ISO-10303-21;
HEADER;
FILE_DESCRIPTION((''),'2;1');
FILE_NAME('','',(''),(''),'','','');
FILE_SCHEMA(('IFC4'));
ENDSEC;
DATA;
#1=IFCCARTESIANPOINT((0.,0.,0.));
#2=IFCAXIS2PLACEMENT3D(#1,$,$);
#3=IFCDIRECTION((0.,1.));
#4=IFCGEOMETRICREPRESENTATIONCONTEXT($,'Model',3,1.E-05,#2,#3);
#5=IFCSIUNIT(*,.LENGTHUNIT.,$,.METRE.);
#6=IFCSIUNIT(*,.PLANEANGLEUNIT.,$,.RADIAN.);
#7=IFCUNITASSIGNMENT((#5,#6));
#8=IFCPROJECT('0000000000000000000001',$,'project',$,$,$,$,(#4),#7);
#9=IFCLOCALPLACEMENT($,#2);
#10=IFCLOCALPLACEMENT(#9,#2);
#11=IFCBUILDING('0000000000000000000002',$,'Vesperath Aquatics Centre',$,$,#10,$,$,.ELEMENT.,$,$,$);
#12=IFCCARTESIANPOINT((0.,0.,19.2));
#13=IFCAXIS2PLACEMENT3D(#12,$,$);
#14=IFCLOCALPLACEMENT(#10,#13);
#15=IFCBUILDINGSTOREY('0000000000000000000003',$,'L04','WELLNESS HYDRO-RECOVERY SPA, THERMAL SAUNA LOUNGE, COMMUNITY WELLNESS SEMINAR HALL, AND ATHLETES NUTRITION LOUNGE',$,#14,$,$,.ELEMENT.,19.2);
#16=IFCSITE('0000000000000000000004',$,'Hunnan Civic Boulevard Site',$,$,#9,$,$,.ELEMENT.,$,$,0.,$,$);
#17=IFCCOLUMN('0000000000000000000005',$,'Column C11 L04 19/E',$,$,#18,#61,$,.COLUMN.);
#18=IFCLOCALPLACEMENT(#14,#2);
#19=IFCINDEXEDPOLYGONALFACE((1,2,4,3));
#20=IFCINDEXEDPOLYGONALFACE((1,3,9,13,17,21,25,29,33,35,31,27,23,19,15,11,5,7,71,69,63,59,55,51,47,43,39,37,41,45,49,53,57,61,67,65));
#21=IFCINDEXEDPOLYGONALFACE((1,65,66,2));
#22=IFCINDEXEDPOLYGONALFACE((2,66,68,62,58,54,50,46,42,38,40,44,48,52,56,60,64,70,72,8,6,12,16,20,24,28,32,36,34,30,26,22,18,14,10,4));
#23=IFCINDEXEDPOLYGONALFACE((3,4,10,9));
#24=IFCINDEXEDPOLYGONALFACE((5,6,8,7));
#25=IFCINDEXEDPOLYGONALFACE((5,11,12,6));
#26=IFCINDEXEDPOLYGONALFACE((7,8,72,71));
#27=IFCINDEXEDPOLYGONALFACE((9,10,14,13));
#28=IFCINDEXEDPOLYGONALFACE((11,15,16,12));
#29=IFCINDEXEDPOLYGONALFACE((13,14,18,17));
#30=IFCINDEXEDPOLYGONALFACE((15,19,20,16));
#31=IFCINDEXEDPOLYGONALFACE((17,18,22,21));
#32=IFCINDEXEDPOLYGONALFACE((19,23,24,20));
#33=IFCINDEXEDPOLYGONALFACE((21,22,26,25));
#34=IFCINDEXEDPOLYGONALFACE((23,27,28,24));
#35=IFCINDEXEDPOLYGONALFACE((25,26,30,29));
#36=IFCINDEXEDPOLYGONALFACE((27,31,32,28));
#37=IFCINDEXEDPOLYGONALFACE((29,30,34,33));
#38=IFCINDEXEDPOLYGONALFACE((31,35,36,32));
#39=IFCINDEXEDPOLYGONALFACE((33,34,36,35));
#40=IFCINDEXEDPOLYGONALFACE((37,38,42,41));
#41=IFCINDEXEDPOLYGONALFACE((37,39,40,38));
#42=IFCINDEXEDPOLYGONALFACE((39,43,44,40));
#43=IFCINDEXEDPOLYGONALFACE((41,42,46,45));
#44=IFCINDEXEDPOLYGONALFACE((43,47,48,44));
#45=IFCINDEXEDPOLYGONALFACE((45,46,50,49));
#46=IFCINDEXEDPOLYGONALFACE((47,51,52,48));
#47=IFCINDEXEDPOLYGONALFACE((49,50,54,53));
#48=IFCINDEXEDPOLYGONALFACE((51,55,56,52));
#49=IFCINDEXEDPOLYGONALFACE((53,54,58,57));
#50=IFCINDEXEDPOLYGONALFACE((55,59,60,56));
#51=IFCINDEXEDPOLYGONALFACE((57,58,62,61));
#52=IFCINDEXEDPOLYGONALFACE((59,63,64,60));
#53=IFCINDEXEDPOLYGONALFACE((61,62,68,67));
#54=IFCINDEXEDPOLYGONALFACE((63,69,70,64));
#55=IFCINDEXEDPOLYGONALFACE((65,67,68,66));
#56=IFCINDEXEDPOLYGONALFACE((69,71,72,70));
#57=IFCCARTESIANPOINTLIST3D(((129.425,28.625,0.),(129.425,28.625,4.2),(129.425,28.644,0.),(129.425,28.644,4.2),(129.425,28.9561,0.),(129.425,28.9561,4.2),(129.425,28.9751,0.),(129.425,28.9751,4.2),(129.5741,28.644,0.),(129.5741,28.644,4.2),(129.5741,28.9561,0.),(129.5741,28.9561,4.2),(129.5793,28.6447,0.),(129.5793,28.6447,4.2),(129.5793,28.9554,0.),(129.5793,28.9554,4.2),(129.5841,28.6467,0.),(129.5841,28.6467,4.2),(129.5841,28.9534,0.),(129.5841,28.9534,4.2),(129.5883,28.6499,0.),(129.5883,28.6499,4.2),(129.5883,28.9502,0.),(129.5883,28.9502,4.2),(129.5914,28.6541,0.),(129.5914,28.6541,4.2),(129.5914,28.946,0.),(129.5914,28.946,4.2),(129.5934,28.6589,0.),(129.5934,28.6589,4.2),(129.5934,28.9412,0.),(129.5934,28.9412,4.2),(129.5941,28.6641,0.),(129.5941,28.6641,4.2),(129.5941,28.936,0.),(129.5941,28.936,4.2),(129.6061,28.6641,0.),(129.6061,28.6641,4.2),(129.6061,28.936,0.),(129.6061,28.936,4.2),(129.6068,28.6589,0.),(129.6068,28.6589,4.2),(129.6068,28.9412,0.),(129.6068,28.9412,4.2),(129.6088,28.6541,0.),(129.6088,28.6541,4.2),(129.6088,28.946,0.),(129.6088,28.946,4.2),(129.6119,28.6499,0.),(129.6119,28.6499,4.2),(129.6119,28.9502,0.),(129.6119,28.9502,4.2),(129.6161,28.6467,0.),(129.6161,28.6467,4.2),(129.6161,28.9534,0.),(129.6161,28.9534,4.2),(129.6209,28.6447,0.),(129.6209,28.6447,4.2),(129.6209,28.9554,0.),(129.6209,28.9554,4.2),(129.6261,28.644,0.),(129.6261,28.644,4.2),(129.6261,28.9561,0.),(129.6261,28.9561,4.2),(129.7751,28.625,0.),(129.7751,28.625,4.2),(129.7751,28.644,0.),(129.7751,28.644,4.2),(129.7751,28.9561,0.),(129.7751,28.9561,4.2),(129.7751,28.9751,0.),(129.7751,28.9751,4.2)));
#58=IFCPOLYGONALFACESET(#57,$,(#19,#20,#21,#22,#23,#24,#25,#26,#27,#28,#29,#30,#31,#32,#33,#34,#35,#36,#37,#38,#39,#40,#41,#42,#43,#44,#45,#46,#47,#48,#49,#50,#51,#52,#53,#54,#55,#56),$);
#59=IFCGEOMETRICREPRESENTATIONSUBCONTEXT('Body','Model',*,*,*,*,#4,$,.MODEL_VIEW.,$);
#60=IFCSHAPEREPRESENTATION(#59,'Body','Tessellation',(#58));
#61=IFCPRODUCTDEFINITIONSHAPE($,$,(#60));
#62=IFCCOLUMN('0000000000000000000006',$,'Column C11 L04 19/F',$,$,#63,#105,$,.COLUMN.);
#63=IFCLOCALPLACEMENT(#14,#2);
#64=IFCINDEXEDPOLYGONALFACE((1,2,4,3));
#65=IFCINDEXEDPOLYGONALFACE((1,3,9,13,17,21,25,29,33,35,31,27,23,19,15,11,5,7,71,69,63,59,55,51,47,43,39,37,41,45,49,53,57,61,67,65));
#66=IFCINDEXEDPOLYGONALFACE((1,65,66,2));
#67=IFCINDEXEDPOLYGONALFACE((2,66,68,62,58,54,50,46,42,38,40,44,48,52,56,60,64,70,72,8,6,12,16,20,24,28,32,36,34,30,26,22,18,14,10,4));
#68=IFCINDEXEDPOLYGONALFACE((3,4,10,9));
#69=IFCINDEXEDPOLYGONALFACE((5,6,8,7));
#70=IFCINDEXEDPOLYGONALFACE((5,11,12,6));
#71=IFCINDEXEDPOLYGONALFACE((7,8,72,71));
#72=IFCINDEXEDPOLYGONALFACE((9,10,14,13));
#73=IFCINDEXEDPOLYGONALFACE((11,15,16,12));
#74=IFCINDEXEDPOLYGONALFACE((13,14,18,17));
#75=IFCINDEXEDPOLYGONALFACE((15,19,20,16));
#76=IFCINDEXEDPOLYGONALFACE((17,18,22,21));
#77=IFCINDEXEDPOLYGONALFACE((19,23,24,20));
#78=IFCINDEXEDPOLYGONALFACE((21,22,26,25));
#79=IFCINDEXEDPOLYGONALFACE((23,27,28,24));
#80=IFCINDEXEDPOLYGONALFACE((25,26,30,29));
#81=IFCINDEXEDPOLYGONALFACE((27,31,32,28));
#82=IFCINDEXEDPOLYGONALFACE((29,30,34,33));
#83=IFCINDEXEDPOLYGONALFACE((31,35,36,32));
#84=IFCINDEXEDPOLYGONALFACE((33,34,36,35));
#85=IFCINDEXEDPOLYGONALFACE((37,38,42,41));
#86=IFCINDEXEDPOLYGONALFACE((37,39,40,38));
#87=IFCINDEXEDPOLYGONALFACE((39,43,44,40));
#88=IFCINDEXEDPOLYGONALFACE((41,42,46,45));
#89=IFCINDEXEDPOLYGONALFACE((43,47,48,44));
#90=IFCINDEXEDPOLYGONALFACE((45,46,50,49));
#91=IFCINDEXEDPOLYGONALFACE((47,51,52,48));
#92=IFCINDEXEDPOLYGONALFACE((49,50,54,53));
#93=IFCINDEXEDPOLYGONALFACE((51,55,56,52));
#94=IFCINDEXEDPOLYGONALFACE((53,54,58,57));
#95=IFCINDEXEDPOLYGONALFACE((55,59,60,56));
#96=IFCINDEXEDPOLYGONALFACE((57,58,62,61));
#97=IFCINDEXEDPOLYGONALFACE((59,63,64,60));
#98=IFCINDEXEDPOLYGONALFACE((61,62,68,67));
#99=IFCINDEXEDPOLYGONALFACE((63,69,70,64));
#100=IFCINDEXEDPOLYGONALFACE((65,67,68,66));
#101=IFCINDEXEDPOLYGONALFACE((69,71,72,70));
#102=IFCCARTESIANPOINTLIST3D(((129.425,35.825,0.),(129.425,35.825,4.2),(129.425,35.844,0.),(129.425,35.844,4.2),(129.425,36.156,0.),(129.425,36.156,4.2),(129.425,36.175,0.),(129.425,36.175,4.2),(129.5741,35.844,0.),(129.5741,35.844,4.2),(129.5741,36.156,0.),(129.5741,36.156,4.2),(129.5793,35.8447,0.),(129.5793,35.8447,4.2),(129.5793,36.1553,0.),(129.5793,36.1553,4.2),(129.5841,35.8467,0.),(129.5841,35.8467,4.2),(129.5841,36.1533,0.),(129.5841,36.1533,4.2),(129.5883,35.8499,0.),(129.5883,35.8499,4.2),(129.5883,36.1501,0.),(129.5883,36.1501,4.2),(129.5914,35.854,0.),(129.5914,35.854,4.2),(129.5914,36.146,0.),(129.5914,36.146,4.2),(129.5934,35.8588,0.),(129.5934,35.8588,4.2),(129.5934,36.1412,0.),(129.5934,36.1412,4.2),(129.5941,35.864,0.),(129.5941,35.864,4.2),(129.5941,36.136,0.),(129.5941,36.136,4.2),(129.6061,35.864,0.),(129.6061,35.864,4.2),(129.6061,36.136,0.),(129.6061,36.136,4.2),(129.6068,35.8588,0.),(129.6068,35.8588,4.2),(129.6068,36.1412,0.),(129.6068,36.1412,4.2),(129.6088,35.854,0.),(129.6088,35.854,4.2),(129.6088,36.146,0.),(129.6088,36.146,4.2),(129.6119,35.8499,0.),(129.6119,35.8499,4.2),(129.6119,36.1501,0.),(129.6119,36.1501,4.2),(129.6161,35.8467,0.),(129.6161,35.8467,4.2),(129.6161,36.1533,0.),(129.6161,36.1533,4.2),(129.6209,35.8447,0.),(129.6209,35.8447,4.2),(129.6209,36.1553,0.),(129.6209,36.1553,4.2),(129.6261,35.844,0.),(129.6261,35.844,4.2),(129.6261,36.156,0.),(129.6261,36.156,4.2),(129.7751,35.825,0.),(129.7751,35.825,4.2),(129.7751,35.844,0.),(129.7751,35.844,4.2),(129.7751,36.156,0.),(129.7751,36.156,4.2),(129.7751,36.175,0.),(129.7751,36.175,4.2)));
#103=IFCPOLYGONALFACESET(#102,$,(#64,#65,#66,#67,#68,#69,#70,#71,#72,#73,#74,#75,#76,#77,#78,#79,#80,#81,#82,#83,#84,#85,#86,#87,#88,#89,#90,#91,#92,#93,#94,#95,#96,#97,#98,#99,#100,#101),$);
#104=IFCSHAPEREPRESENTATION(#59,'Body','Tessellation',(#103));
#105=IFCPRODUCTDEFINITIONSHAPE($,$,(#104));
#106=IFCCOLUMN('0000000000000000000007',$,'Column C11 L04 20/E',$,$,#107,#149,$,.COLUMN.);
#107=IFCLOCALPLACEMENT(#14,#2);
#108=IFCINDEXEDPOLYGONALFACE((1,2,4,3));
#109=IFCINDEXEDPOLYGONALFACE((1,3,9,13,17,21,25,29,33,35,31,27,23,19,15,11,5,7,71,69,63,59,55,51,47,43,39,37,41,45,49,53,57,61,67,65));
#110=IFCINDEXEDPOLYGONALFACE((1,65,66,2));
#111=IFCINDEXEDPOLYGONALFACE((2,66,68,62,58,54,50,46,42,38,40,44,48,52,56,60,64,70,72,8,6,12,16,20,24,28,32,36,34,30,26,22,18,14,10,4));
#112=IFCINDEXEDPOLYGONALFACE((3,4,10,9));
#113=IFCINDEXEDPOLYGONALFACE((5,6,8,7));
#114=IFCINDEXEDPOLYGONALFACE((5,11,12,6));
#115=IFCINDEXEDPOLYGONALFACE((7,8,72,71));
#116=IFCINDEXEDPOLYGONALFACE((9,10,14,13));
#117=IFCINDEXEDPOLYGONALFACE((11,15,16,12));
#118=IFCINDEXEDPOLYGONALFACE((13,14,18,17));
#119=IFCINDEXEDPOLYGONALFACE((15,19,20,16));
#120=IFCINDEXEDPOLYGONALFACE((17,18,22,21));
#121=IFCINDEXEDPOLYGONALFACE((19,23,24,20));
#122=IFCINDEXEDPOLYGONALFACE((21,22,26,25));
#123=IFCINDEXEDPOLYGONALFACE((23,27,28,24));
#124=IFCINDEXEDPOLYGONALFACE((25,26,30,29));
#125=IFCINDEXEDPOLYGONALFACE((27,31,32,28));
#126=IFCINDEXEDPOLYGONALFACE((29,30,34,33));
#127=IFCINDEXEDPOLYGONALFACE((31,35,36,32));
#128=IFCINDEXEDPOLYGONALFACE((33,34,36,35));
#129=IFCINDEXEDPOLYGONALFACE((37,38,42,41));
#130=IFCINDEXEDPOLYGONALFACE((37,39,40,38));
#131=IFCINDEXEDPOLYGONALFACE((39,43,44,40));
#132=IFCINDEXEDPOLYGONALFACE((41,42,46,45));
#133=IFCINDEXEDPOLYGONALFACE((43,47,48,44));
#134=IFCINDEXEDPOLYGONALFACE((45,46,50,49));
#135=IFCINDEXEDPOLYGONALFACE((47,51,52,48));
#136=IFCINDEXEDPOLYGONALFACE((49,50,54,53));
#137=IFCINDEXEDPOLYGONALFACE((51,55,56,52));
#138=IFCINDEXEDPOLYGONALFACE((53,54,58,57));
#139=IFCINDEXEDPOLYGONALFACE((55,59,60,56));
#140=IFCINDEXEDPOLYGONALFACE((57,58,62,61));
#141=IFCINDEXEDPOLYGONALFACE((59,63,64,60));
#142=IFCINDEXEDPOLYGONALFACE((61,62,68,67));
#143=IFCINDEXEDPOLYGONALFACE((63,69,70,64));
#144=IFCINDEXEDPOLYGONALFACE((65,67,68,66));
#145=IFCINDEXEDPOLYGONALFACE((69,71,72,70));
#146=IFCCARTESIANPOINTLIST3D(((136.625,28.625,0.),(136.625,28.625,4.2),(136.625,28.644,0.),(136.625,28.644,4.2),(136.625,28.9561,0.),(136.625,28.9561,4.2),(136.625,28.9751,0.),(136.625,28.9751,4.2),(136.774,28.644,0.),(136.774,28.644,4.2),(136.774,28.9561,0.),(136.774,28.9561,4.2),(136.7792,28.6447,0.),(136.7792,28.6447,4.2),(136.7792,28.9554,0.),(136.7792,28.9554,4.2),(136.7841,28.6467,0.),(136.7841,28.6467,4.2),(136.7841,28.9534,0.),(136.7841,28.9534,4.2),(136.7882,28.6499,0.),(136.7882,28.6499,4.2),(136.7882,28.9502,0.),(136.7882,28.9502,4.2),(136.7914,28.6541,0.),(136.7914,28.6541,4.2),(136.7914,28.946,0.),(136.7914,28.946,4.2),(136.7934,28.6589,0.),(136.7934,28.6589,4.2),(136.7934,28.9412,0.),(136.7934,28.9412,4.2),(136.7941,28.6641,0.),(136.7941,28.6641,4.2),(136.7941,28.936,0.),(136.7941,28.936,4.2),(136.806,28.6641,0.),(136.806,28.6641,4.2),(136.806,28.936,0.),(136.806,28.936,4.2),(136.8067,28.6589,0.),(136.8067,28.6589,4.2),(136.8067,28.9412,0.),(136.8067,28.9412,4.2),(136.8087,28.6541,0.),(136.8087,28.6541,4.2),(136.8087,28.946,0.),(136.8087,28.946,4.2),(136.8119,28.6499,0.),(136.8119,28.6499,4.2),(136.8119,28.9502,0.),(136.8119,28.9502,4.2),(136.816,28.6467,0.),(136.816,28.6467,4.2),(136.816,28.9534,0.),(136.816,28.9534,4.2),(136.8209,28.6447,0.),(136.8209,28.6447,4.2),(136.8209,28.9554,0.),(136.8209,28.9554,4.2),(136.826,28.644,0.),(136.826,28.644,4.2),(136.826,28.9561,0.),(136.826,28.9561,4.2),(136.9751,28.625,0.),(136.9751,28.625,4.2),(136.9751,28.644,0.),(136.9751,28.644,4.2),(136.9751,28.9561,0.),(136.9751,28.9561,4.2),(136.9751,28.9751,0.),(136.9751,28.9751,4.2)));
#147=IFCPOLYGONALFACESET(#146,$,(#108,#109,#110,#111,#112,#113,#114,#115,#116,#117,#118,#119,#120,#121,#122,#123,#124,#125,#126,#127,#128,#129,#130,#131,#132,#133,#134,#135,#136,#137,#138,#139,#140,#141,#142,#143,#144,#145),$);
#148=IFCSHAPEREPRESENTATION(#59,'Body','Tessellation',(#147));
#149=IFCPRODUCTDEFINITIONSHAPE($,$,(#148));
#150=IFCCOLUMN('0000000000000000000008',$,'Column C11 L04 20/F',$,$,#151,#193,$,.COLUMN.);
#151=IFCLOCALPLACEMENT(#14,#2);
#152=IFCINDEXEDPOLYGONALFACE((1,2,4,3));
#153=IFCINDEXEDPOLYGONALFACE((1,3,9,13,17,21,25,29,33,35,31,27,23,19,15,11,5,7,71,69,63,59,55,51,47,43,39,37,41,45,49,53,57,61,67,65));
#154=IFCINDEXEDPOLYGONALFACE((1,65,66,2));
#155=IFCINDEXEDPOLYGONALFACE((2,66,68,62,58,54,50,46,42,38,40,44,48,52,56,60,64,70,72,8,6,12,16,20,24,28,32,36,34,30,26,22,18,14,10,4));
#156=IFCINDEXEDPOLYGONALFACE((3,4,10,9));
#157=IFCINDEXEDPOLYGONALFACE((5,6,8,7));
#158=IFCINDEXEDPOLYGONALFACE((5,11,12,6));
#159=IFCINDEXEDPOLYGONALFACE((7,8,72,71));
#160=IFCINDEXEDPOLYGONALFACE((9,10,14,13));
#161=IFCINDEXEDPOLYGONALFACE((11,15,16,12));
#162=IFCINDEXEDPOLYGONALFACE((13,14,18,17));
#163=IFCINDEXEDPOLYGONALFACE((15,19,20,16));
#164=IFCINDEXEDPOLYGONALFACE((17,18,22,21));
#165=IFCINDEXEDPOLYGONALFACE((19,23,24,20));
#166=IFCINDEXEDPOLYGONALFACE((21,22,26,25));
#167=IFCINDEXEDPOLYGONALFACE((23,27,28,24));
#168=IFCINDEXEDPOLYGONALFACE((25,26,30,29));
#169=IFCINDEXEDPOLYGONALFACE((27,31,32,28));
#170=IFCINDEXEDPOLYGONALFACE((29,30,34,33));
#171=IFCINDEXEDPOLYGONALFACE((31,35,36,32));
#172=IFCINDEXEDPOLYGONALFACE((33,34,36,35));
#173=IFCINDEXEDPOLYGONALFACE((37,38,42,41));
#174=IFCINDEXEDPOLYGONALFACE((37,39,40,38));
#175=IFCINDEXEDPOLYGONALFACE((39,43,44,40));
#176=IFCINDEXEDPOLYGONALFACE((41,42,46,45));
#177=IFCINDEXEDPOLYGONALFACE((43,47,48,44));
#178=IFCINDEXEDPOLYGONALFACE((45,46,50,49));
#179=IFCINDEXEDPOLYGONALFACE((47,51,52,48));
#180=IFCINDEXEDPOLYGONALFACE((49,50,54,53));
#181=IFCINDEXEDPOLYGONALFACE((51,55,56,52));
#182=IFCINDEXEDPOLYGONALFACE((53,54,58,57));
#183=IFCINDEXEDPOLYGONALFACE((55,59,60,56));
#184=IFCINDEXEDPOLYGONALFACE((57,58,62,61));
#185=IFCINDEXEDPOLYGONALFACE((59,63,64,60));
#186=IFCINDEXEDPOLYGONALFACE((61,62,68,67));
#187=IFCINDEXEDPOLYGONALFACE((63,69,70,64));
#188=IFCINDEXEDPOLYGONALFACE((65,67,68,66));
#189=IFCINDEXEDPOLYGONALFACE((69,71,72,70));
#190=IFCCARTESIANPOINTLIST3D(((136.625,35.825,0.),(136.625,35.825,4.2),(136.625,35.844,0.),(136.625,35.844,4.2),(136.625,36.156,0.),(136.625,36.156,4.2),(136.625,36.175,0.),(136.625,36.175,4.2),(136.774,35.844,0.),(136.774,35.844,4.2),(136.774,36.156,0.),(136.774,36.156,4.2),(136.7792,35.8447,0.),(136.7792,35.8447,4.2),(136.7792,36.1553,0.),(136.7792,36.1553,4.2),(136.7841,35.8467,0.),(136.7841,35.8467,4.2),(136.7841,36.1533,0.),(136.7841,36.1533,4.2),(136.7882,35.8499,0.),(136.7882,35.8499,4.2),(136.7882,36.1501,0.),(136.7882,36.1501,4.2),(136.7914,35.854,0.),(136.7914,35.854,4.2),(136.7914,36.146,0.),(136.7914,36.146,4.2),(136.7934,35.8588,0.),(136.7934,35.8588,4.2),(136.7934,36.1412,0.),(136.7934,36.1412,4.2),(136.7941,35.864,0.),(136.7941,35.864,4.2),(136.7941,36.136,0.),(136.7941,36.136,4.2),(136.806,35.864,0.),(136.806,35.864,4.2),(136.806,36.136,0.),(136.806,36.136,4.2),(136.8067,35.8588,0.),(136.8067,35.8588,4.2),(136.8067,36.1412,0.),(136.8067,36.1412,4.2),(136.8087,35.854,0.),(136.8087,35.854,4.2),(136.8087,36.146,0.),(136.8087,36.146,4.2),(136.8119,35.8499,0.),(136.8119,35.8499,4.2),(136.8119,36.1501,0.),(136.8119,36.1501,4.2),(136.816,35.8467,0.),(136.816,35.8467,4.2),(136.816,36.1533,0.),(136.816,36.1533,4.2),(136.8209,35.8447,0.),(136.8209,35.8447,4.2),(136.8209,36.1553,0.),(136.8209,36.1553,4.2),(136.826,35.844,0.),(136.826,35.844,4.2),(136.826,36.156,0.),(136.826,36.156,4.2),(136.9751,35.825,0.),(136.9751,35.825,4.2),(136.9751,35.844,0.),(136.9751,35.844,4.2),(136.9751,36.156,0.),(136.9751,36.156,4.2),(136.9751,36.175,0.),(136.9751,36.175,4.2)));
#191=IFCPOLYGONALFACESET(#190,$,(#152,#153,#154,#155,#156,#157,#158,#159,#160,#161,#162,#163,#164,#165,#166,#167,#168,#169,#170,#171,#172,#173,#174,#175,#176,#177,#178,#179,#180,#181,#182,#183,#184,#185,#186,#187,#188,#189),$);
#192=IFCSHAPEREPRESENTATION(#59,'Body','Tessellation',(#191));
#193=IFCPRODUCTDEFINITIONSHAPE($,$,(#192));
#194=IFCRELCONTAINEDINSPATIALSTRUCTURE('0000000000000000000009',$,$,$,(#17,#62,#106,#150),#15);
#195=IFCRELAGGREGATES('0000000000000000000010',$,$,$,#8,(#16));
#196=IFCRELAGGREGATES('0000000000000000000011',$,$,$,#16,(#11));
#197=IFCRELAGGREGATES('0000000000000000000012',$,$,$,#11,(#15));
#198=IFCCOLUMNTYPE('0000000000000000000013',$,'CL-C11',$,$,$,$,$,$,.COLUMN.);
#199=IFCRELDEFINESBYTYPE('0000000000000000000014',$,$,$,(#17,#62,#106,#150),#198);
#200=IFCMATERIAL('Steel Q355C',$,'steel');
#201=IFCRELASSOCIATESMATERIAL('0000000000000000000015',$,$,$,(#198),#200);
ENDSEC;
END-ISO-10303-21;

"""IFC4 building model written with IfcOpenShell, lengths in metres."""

from ifc_helpers import new_model, si_unit, direction, frame, origin, origin_2d, place, context, subcontext, project, spatial, i_section, extrude, material, material_profile, profile_set, type_object, element, save


model = new_model("IFC4")

# Units and contexts
model_context = context("Model", 3, precision=1e-05, world=origin(), true_north=direction((0.0, 1.0)))
body_context = subcontext(model_context, "Body", "Model", "MODEL_VIEW")
ifc_project = project(units=[si_unit("LENGTHUNIT", "METRE"), si_unit("PLANEANGLEUNIT", "RADIAN")], contexts=[model_context])

# Site, building, storey
site_placement = place(None, origin())
site = spatial("IfcSite", under=ifc_project, at=site_placement, Name="Hunnan Civic Boulevard Site", CompositionType="ELEMENT", RefElevation=0.0)
building_placement = place(site_placement, origin())
building = spatial("IfcBuilding", under=site, at=building_placement, Name="Vesperath Aquatics Centre", CompositionType="ELEMENT")
storey_placement = place(building_placement, frame((0.0, 0.0, 19.2)))
storey = spatial("IfcBuildingStorey", under=building, at=storey_placement, Name="L04", Description="WELLNESS HYDRO-RECOVERY SPA, THERMAL SAUNA LOUNGE, COMMUNITY WELLNESS SEMINAR HALL, AND ATHLETES NUTRITION LOUNGE", CompositionType="ELEMENT", Elevation=19.2)

# Columns
ifc_material_1 = material(Name="Steel Q355C", Category="steel")
ifc_material_profile_1 = material_profile(ifc_material_1, i_section(OverallWidth=0.3501, OverallDepth=0.3501, WebThickness=0.012, FlangeThickness=0.019, FilletRadius=0.02, at=origin_2d()), Name="HW 350x350x12x19")
ifc_profile_set_1 = profile_set([ifc_material_profile_1], Name="Steel Q355C")
column_type = type_object("IfcColumnType", Name="CL-C11", PredefinedType="COLUMN", material=ifc_profile_set_1)
for number, where, z_axis, x_axis, name in (
    (1, (129.6001, 28.8, 0.0), (0.0, 0.0, 1.0), (1.0, 0.0, 0.0), "Column C11 L04 19/E"),
    (2, (129.6001, 36.0, 0.0), (0.0, 0.0, 1.0), (1.0, 0.0, 0.0), "Column C11 L04 19/F"),
    (3, (136.8, 28.8, 0.0), (0.0, 0.0, 1.0), (1.0, 0.0, 0.0), "Column C11 L04 20/E"),
    (4, (136.8, 36.0, 0.0), (0.0, 0.0, 1.0), (1.0, 0.0, 0.0), "Column C11 L04 20/F"),
):
    element("IfcColumn", number, at=place(storey_placement, frame(where, z_axis=z_axis, x_axis=x_axis)), inside=storey, type_object=column_type, Name=name, PredefinedType="COLUMN", context=body_context, shape_type="SweptSolid", body=[
        extrude(i_section(OverallWidth=0.3501, OverallDepth=0.3501, WebThickness=0.012, FlangeThickness=0.019, FilletRadius=0.02, at=origin_2d()), origin(), (0.0, 0.0, 1.0), 4.2),
    ])

save(model, "model.ifc")
